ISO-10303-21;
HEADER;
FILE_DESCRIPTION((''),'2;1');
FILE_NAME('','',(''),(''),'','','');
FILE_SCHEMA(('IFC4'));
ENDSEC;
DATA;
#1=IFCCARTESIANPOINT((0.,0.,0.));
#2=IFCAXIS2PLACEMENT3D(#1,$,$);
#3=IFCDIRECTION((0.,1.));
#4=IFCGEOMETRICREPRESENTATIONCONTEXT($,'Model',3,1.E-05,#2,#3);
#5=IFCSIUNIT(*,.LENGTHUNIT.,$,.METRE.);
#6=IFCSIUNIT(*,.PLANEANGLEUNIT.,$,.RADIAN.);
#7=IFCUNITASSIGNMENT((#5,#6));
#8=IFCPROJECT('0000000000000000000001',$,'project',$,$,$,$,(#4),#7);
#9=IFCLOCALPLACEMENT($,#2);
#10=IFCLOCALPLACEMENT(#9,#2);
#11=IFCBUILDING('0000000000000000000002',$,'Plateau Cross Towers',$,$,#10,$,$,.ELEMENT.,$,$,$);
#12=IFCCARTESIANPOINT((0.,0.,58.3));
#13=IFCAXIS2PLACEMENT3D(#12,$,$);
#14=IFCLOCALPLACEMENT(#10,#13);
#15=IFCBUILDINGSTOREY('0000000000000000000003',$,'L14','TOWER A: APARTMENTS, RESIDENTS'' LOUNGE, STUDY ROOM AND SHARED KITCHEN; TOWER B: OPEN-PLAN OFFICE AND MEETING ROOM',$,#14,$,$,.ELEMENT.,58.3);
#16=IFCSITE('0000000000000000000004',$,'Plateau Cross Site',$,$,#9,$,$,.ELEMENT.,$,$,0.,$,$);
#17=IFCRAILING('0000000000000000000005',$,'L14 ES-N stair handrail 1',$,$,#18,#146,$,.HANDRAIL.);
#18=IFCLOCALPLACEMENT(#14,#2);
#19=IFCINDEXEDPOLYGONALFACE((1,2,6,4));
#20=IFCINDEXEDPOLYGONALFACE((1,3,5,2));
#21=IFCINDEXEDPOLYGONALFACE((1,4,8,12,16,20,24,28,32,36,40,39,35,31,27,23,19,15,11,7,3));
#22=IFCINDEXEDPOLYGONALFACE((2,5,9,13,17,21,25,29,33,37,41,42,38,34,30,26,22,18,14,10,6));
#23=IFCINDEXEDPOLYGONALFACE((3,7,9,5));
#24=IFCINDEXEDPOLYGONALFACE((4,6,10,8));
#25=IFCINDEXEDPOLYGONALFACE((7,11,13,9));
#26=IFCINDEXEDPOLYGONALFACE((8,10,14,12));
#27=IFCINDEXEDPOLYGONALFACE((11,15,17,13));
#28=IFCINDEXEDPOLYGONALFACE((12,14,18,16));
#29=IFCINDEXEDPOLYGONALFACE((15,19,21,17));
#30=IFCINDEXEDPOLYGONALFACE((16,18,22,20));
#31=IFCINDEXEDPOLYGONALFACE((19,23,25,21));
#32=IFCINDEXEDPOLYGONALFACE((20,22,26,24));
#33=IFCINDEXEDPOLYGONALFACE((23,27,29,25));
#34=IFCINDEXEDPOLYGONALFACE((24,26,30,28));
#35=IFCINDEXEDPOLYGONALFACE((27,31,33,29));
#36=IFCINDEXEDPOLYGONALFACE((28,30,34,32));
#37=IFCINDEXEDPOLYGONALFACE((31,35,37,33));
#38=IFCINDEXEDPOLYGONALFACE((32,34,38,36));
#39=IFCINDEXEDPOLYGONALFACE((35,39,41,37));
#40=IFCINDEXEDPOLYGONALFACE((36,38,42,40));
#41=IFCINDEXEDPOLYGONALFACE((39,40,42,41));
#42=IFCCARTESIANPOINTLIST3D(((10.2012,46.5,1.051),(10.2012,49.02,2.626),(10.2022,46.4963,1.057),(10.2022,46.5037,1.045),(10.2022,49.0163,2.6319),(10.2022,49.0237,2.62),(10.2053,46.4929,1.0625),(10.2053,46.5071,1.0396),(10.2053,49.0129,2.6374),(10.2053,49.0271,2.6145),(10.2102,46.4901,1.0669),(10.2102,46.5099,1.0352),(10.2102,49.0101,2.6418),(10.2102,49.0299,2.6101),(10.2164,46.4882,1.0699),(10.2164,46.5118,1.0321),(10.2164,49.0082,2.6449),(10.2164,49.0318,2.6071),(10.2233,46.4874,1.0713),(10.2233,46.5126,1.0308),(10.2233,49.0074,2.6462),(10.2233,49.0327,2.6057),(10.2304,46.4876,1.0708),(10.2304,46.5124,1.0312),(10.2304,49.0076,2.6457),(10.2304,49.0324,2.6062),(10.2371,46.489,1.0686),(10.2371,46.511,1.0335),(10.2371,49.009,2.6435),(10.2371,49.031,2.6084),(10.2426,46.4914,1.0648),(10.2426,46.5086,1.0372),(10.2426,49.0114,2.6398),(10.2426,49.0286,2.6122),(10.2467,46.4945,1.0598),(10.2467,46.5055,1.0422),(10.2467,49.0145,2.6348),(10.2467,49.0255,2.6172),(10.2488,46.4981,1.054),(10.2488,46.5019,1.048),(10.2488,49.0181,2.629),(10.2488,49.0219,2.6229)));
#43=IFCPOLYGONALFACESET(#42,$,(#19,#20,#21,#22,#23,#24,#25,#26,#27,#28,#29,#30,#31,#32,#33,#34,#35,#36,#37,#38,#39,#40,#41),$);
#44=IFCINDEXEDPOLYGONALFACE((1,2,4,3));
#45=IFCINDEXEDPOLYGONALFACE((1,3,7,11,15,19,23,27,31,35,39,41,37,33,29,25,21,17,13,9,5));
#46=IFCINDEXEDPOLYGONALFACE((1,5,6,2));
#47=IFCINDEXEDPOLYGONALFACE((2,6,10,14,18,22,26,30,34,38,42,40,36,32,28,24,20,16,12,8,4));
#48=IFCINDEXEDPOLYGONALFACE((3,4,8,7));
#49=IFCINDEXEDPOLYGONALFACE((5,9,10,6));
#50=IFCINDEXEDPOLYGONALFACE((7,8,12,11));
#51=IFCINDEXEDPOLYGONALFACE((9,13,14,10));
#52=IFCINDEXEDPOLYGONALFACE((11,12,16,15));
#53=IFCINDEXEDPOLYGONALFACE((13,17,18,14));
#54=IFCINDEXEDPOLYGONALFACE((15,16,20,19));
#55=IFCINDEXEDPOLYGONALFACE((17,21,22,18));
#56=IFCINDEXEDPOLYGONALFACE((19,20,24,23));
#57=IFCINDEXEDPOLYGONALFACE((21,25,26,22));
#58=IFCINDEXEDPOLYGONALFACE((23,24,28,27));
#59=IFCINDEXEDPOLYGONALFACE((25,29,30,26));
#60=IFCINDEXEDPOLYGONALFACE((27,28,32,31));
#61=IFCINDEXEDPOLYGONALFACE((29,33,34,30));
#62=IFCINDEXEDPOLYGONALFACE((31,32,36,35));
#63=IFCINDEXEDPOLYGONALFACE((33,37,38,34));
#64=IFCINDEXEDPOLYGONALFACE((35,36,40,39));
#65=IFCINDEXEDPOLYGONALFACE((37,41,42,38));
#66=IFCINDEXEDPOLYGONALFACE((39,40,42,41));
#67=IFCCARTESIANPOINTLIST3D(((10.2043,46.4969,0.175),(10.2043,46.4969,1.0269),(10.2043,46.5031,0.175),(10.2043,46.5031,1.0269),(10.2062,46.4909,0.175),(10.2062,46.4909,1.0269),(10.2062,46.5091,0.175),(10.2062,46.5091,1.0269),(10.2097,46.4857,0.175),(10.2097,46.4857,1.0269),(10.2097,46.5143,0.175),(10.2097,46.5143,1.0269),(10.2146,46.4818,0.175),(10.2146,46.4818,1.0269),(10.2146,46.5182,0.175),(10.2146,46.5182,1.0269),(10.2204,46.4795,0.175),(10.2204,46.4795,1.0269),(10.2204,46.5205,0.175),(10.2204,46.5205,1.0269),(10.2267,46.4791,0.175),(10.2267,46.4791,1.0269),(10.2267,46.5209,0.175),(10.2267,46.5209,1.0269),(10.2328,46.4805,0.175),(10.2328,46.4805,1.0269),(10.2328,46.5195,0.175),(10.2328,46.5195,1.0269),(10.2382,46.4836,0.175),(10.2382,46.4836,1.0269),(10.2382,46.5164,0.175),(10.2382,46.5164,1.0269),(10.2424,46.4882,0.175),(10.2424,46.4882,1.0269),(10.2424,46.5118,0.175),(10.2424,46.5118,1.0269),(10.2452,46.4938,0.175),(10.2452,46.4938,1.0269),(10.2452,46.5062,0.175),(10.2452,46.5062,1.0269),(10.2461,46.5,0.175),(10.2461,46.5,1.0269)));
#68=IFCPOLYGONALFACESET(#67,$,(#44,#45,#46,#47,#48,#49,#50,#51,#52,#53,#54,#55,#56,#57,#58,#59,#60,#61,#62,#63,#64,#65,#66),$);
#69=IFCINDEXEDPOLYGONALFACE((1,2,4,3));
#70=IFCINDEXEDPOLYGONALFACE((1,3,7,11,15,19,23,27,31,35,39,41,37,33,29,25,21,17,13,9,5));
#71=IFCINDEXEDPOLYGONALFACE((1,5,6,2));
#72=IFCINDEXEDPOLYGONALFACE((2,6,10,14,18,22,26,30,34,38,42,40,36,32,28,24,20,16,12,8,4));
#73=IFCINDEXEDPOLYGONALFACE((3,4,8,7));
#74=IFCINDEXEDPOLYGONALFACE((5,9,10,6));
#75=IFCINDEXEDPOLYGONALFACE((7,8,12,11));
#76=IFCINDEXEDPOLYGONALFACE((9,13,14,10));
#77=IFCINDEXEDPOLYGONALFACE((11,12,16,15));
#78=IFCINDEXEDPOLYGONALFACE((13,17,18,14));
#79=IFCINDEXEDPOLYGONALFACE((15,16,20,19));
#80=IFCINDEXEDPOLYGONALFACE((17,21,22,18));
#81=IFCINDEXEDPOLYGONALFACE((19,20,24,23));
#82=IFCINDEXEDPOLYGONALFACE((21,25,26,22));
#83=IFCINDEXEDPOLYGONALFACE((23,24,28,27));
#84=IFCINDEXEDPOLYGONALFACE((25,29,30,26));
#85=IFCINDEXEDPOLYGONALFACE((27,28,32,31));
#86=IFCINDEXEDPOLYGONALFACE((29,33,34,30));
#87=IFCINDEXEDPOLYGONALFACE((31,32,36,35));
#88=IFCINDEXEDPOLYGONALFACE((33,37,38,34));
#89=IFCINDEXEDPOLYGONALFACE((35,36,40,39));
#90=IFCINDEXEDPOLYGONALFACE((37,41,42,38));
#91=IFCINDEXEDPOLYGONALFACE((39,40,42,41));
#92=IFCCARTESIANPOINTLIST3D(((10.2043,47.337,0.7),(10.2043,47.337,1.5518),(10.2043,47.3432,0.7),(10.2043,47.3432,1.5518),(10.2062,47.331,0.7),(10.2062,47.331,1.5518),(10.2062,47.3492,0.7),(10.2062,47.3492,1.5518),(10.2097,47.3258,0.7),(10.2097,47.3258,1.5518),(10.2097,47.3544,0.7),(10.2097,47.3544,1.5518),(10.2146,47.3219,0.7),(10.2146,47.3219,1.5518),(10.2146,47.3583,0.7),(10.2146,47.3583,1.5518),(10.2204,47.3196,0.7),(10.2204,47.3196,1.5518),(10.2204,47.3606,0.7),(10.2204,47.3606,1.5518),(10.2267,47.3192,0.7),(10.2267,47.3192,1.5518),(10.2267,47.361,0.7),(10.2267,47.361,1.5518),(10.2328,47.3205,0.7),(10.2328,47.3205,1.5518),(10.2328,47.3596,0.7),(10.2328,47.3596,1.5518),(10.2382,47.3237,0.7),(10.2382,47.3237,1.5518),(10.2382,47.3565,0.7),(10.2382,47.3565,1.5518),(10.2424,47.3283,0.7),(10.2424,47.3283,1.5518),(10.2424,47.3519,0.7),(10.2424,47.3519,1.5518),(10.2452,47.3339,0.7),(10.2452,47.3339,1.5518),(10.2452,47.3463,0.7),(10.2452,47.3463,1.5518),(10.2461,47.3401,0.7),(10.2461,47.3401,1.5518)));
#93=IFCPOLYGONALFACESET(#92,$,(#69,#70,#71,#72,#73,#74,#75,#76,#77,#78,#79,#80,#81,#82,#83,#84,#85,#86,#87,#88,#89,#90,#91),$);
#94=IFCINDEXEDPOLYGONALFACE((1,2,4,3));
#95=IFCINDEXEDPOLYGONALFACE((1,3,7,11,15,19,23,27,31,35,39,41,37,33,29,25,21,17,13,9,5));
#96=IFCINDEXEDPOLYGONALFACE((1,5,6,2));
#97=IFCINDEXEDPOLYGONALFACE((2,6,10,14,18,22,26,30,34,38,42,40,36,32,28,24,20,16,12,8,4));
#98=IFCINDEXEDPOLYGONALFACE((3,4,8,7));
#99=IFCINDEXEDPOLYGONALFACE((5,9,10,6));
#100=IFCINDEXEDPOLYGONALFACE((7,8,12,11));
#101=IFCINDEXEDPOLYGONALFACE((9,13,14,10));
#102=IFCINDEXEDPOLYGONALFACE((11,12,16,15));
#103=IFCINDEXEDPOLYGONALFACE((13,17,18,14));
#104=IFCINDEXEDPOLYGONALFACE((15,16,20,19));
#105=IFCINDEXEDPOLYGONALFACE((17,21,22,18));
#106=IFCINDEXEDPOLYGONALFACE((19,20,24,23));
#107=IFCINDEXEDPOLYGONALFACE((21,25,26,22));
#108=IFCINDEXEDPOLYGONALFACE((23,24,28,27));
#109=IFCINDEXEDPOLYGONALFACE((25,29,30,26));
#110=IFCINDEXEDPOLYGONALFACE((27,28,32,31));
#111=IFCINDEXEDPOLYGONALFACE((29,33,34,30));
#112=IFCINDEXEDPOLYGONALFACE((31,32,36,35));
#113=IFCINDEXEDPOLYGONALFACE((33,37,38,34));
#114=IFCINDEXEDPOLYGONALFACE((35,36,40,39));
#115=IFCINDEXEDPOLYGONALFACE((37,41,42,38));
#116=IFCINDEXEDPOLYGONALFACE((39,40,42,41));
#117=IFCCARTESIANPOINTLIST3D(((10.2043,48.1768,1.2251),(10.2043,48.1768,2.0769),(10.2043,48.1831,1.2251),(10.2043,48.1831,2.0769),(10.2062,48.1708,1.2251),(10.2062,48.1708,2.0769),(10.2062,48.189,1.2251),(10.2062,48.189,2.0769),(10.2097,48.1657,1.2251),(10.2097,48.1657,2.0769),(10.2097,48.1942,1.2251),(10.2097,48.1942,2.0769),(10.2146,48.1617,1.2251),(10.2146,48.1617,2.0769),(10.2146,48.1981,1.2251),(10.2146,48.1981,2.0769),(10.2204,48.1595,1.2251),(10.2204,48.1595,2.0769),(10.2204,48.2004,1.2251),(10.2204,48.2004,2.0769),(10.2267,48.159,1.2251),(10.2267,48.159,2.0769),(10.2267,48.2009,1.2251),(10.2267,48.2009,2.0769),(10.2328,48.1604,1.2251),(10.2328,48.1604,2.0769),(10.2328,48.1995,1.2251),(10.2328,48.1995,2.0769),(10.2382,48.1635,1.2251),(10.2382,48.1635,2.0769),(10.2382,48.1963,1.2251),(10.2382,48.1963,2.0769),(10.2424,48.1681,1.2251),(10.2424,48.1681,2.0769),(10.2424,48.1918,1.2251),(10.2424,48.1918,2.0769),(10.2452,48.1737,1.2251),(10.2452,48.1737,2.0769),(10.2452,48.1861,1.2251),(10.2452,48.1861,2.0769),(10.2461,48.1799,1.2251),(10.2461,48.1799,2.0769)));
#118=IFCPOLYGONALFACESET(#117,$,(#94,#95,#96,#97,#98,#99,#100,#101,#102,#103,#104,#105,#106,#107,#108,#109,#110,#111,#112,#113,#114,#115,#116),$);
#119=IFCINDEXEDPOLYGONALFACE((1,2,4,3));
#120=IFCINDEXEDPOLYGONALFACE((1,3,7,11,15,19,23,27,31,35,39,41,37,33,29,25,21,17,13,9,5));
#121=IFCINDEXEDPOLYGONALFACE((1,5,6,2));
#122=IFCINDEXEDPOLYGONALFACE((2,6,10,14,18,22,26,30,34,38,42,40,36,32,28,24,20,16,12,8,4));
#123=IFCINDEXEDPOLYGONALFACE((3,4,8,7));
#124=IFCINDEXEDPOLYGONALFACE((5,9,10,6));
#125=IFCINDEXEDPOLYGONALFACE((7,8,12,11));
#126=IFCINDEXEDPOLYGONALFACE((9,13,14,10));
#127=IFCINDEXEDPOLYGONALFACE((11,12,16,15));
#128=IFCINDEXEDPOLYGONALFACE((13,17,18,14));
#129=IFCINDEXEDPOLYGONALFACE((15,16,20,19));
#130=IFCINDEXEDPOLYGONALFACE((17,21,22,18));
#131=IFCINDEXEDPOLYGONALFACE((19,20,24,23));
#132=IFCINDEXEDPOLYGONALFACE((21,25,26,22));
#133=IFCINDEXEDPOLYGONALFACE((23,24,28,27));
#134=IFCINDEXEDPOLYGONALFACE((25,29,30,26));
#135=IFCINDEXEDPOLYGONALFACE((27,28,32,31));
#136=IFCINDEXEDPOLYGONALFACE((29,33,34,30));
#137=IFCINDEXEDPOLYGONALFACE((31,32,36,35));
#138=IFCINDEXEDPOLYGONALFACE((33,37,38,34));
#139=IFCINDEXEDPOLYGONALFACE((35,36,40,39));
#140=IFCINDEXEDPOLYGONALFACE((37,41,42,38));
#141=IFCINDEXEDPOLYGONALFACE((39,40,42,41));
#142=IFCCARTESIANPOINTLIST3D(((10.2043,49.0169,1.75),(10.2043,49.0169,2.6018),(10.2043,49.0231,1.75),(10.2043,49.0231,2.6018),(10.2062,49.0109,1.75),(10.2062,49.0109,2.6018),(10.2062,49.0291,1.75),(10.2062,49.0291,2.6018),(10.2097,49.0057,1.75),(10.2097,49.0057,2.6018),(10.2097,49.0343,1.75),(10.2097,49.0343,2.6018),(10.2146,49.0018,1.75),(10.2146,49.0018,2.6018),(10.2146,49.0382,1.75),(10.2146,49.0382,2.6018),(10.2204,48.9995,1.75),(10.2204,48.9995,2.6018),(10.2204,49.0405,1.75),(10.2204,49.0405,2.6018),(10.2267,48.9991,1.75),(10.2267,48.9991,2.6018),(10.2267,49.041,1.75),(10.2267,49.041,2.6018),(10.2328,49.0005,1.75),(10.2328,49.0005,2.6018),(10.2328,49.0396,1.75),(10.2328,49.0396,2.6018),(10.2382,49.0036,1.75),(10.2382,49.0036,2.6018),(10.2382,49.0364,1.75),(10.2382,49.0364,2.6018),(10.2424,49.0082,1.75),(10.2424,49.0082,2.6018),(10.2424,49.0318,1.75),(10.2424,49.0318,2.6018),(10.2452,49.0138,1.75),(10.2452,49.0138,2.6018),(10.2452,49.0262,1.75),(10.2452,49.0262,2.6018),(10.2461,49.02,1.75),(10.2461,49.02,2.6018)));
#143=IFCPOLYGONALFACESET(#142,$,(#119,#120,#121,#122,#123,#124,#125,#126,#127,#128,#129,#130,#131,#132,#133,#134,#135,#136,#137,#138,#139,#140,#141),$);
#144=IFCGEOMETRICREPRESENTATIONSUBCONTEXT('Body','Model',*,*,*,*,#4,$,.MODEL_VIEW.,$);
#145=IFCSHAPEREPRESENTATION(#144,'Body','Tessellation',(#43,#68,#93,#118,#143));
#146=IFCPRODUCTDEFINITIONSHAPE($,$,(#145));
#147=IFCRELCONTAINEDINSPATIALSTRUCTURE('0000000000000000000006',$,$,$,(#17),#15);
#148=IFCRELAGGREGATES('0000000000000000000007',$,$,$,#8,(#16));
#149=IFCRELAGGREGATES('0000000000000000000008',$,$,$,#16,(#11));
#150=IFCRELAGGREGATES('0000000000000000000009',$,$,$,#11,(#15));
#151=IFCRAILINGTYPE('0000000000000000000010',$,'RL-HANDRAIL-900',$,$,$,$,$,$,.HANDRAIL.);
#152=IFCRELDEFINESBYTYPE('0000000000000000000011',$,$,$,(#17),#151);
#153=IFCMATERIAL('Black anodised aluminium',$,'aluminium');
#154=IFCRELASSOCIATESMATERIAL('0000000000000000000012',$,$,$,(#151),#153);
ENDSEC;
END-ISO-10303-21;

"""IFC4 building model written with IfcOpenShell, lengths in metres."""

from ifc_helpers import new_model, si_unit, direction, frame, origin, origin_2d, place, context, subcontext, project, spatial, circle, extrude, material, type_object, element, save


model = new_model("IFC4")

# Units and contexts
model_context = context("Model", 3, precision=1e-05, world=origin(), true_north=direction((0.0, 1.0)))
body_context = subcontext(model_context, "Body", "Model", "MODEL_VIEW")
ifc_project = project(units=[si_unit("LENGTHUNIT", "METRE"), si_unit("PLANEANGLEUNIT", "RADIAN")], contexts=[model_context])

# Site, building, storey
site_placement = place(None, origin())
site = spatial("IfcSite", under=ifc_project, at=site_placement, Name="Plateau Cross Site", CompositionType="ELEMENT", RefElevation=0.0)
building_placement = place(site_placement, origin())
building = spatial("IfcBuilding", under=site, at=building_placement, Name="Plateau Cross Towers", CompositionType="ELEMENT")
storey_placement = place(building_placement, frame((0.0, 0.0, 58.3)))
storey = spatial("IfcBuildingStorey", under=building, at=storey_placement, Name="L14", Description="TOWER A: APARTMENTS, RESIDENTS' LOUNGE, STUDY ROOM AND SHARED KITCHEN; TOWER B: OPEN-PLAN OFFICE AND MEETING ROOM", CompositionType="ELEMENT", Elevation=58.3)

# Shared definitions
ifc_material_1 = material(Name="Black anodised aluminium", Category="aluminium")

# Railing
railing_type_1 = type_object("IfcRailingType", Name="RL-HANDRAIL-900", PredefinedType="HANDRAIL", material=ifc_material_1)
railing_1_placement = place(storey_placement, frame((10.2251, 46.5, 0.175)))
element("IfcRailing", 1, at=railing_1_placement, inside=storey, type_object=railing_type_1, Name="L14 ES-N stair handrail 1", PredefinedType="HANDRAIL", context=body_context, shape_type="SweptSolid", body=[
    extrude(circle(Radius=0.0239, at=origin_2d()), frame((0.0, 0.0, 0.876), z_axis=(0.0, 0.848008, 0.529984), x_axis=(-1.0, 0.0, 0.0)), (0.0, 0.0, 1.0), 2.9717),
    extrude(circle(Radius=0.021, at=origin_2d()), origin(), (0.0, 0.0, 1.0), 0.8518),
    extrude(circle(Radius=0.021, at=origin_2d()), frame((0.0, 0.8401, 0.5249)), (0.0, 0.0, 1.0), 0.8518),
    extrude(circle(Radius=0.021, at=origin_2d()), frame((0.0, 1.6799, 1.05)), (0.0, 0.0, 1.0), 0.8518),
    extrude(circle(Radius=0.021, at=origin_2d()), frame((0.0, 2.52, 1.575)), (0.0, 0.0, 1.0), 0.8518),
])

save(model, "model.ifc")
